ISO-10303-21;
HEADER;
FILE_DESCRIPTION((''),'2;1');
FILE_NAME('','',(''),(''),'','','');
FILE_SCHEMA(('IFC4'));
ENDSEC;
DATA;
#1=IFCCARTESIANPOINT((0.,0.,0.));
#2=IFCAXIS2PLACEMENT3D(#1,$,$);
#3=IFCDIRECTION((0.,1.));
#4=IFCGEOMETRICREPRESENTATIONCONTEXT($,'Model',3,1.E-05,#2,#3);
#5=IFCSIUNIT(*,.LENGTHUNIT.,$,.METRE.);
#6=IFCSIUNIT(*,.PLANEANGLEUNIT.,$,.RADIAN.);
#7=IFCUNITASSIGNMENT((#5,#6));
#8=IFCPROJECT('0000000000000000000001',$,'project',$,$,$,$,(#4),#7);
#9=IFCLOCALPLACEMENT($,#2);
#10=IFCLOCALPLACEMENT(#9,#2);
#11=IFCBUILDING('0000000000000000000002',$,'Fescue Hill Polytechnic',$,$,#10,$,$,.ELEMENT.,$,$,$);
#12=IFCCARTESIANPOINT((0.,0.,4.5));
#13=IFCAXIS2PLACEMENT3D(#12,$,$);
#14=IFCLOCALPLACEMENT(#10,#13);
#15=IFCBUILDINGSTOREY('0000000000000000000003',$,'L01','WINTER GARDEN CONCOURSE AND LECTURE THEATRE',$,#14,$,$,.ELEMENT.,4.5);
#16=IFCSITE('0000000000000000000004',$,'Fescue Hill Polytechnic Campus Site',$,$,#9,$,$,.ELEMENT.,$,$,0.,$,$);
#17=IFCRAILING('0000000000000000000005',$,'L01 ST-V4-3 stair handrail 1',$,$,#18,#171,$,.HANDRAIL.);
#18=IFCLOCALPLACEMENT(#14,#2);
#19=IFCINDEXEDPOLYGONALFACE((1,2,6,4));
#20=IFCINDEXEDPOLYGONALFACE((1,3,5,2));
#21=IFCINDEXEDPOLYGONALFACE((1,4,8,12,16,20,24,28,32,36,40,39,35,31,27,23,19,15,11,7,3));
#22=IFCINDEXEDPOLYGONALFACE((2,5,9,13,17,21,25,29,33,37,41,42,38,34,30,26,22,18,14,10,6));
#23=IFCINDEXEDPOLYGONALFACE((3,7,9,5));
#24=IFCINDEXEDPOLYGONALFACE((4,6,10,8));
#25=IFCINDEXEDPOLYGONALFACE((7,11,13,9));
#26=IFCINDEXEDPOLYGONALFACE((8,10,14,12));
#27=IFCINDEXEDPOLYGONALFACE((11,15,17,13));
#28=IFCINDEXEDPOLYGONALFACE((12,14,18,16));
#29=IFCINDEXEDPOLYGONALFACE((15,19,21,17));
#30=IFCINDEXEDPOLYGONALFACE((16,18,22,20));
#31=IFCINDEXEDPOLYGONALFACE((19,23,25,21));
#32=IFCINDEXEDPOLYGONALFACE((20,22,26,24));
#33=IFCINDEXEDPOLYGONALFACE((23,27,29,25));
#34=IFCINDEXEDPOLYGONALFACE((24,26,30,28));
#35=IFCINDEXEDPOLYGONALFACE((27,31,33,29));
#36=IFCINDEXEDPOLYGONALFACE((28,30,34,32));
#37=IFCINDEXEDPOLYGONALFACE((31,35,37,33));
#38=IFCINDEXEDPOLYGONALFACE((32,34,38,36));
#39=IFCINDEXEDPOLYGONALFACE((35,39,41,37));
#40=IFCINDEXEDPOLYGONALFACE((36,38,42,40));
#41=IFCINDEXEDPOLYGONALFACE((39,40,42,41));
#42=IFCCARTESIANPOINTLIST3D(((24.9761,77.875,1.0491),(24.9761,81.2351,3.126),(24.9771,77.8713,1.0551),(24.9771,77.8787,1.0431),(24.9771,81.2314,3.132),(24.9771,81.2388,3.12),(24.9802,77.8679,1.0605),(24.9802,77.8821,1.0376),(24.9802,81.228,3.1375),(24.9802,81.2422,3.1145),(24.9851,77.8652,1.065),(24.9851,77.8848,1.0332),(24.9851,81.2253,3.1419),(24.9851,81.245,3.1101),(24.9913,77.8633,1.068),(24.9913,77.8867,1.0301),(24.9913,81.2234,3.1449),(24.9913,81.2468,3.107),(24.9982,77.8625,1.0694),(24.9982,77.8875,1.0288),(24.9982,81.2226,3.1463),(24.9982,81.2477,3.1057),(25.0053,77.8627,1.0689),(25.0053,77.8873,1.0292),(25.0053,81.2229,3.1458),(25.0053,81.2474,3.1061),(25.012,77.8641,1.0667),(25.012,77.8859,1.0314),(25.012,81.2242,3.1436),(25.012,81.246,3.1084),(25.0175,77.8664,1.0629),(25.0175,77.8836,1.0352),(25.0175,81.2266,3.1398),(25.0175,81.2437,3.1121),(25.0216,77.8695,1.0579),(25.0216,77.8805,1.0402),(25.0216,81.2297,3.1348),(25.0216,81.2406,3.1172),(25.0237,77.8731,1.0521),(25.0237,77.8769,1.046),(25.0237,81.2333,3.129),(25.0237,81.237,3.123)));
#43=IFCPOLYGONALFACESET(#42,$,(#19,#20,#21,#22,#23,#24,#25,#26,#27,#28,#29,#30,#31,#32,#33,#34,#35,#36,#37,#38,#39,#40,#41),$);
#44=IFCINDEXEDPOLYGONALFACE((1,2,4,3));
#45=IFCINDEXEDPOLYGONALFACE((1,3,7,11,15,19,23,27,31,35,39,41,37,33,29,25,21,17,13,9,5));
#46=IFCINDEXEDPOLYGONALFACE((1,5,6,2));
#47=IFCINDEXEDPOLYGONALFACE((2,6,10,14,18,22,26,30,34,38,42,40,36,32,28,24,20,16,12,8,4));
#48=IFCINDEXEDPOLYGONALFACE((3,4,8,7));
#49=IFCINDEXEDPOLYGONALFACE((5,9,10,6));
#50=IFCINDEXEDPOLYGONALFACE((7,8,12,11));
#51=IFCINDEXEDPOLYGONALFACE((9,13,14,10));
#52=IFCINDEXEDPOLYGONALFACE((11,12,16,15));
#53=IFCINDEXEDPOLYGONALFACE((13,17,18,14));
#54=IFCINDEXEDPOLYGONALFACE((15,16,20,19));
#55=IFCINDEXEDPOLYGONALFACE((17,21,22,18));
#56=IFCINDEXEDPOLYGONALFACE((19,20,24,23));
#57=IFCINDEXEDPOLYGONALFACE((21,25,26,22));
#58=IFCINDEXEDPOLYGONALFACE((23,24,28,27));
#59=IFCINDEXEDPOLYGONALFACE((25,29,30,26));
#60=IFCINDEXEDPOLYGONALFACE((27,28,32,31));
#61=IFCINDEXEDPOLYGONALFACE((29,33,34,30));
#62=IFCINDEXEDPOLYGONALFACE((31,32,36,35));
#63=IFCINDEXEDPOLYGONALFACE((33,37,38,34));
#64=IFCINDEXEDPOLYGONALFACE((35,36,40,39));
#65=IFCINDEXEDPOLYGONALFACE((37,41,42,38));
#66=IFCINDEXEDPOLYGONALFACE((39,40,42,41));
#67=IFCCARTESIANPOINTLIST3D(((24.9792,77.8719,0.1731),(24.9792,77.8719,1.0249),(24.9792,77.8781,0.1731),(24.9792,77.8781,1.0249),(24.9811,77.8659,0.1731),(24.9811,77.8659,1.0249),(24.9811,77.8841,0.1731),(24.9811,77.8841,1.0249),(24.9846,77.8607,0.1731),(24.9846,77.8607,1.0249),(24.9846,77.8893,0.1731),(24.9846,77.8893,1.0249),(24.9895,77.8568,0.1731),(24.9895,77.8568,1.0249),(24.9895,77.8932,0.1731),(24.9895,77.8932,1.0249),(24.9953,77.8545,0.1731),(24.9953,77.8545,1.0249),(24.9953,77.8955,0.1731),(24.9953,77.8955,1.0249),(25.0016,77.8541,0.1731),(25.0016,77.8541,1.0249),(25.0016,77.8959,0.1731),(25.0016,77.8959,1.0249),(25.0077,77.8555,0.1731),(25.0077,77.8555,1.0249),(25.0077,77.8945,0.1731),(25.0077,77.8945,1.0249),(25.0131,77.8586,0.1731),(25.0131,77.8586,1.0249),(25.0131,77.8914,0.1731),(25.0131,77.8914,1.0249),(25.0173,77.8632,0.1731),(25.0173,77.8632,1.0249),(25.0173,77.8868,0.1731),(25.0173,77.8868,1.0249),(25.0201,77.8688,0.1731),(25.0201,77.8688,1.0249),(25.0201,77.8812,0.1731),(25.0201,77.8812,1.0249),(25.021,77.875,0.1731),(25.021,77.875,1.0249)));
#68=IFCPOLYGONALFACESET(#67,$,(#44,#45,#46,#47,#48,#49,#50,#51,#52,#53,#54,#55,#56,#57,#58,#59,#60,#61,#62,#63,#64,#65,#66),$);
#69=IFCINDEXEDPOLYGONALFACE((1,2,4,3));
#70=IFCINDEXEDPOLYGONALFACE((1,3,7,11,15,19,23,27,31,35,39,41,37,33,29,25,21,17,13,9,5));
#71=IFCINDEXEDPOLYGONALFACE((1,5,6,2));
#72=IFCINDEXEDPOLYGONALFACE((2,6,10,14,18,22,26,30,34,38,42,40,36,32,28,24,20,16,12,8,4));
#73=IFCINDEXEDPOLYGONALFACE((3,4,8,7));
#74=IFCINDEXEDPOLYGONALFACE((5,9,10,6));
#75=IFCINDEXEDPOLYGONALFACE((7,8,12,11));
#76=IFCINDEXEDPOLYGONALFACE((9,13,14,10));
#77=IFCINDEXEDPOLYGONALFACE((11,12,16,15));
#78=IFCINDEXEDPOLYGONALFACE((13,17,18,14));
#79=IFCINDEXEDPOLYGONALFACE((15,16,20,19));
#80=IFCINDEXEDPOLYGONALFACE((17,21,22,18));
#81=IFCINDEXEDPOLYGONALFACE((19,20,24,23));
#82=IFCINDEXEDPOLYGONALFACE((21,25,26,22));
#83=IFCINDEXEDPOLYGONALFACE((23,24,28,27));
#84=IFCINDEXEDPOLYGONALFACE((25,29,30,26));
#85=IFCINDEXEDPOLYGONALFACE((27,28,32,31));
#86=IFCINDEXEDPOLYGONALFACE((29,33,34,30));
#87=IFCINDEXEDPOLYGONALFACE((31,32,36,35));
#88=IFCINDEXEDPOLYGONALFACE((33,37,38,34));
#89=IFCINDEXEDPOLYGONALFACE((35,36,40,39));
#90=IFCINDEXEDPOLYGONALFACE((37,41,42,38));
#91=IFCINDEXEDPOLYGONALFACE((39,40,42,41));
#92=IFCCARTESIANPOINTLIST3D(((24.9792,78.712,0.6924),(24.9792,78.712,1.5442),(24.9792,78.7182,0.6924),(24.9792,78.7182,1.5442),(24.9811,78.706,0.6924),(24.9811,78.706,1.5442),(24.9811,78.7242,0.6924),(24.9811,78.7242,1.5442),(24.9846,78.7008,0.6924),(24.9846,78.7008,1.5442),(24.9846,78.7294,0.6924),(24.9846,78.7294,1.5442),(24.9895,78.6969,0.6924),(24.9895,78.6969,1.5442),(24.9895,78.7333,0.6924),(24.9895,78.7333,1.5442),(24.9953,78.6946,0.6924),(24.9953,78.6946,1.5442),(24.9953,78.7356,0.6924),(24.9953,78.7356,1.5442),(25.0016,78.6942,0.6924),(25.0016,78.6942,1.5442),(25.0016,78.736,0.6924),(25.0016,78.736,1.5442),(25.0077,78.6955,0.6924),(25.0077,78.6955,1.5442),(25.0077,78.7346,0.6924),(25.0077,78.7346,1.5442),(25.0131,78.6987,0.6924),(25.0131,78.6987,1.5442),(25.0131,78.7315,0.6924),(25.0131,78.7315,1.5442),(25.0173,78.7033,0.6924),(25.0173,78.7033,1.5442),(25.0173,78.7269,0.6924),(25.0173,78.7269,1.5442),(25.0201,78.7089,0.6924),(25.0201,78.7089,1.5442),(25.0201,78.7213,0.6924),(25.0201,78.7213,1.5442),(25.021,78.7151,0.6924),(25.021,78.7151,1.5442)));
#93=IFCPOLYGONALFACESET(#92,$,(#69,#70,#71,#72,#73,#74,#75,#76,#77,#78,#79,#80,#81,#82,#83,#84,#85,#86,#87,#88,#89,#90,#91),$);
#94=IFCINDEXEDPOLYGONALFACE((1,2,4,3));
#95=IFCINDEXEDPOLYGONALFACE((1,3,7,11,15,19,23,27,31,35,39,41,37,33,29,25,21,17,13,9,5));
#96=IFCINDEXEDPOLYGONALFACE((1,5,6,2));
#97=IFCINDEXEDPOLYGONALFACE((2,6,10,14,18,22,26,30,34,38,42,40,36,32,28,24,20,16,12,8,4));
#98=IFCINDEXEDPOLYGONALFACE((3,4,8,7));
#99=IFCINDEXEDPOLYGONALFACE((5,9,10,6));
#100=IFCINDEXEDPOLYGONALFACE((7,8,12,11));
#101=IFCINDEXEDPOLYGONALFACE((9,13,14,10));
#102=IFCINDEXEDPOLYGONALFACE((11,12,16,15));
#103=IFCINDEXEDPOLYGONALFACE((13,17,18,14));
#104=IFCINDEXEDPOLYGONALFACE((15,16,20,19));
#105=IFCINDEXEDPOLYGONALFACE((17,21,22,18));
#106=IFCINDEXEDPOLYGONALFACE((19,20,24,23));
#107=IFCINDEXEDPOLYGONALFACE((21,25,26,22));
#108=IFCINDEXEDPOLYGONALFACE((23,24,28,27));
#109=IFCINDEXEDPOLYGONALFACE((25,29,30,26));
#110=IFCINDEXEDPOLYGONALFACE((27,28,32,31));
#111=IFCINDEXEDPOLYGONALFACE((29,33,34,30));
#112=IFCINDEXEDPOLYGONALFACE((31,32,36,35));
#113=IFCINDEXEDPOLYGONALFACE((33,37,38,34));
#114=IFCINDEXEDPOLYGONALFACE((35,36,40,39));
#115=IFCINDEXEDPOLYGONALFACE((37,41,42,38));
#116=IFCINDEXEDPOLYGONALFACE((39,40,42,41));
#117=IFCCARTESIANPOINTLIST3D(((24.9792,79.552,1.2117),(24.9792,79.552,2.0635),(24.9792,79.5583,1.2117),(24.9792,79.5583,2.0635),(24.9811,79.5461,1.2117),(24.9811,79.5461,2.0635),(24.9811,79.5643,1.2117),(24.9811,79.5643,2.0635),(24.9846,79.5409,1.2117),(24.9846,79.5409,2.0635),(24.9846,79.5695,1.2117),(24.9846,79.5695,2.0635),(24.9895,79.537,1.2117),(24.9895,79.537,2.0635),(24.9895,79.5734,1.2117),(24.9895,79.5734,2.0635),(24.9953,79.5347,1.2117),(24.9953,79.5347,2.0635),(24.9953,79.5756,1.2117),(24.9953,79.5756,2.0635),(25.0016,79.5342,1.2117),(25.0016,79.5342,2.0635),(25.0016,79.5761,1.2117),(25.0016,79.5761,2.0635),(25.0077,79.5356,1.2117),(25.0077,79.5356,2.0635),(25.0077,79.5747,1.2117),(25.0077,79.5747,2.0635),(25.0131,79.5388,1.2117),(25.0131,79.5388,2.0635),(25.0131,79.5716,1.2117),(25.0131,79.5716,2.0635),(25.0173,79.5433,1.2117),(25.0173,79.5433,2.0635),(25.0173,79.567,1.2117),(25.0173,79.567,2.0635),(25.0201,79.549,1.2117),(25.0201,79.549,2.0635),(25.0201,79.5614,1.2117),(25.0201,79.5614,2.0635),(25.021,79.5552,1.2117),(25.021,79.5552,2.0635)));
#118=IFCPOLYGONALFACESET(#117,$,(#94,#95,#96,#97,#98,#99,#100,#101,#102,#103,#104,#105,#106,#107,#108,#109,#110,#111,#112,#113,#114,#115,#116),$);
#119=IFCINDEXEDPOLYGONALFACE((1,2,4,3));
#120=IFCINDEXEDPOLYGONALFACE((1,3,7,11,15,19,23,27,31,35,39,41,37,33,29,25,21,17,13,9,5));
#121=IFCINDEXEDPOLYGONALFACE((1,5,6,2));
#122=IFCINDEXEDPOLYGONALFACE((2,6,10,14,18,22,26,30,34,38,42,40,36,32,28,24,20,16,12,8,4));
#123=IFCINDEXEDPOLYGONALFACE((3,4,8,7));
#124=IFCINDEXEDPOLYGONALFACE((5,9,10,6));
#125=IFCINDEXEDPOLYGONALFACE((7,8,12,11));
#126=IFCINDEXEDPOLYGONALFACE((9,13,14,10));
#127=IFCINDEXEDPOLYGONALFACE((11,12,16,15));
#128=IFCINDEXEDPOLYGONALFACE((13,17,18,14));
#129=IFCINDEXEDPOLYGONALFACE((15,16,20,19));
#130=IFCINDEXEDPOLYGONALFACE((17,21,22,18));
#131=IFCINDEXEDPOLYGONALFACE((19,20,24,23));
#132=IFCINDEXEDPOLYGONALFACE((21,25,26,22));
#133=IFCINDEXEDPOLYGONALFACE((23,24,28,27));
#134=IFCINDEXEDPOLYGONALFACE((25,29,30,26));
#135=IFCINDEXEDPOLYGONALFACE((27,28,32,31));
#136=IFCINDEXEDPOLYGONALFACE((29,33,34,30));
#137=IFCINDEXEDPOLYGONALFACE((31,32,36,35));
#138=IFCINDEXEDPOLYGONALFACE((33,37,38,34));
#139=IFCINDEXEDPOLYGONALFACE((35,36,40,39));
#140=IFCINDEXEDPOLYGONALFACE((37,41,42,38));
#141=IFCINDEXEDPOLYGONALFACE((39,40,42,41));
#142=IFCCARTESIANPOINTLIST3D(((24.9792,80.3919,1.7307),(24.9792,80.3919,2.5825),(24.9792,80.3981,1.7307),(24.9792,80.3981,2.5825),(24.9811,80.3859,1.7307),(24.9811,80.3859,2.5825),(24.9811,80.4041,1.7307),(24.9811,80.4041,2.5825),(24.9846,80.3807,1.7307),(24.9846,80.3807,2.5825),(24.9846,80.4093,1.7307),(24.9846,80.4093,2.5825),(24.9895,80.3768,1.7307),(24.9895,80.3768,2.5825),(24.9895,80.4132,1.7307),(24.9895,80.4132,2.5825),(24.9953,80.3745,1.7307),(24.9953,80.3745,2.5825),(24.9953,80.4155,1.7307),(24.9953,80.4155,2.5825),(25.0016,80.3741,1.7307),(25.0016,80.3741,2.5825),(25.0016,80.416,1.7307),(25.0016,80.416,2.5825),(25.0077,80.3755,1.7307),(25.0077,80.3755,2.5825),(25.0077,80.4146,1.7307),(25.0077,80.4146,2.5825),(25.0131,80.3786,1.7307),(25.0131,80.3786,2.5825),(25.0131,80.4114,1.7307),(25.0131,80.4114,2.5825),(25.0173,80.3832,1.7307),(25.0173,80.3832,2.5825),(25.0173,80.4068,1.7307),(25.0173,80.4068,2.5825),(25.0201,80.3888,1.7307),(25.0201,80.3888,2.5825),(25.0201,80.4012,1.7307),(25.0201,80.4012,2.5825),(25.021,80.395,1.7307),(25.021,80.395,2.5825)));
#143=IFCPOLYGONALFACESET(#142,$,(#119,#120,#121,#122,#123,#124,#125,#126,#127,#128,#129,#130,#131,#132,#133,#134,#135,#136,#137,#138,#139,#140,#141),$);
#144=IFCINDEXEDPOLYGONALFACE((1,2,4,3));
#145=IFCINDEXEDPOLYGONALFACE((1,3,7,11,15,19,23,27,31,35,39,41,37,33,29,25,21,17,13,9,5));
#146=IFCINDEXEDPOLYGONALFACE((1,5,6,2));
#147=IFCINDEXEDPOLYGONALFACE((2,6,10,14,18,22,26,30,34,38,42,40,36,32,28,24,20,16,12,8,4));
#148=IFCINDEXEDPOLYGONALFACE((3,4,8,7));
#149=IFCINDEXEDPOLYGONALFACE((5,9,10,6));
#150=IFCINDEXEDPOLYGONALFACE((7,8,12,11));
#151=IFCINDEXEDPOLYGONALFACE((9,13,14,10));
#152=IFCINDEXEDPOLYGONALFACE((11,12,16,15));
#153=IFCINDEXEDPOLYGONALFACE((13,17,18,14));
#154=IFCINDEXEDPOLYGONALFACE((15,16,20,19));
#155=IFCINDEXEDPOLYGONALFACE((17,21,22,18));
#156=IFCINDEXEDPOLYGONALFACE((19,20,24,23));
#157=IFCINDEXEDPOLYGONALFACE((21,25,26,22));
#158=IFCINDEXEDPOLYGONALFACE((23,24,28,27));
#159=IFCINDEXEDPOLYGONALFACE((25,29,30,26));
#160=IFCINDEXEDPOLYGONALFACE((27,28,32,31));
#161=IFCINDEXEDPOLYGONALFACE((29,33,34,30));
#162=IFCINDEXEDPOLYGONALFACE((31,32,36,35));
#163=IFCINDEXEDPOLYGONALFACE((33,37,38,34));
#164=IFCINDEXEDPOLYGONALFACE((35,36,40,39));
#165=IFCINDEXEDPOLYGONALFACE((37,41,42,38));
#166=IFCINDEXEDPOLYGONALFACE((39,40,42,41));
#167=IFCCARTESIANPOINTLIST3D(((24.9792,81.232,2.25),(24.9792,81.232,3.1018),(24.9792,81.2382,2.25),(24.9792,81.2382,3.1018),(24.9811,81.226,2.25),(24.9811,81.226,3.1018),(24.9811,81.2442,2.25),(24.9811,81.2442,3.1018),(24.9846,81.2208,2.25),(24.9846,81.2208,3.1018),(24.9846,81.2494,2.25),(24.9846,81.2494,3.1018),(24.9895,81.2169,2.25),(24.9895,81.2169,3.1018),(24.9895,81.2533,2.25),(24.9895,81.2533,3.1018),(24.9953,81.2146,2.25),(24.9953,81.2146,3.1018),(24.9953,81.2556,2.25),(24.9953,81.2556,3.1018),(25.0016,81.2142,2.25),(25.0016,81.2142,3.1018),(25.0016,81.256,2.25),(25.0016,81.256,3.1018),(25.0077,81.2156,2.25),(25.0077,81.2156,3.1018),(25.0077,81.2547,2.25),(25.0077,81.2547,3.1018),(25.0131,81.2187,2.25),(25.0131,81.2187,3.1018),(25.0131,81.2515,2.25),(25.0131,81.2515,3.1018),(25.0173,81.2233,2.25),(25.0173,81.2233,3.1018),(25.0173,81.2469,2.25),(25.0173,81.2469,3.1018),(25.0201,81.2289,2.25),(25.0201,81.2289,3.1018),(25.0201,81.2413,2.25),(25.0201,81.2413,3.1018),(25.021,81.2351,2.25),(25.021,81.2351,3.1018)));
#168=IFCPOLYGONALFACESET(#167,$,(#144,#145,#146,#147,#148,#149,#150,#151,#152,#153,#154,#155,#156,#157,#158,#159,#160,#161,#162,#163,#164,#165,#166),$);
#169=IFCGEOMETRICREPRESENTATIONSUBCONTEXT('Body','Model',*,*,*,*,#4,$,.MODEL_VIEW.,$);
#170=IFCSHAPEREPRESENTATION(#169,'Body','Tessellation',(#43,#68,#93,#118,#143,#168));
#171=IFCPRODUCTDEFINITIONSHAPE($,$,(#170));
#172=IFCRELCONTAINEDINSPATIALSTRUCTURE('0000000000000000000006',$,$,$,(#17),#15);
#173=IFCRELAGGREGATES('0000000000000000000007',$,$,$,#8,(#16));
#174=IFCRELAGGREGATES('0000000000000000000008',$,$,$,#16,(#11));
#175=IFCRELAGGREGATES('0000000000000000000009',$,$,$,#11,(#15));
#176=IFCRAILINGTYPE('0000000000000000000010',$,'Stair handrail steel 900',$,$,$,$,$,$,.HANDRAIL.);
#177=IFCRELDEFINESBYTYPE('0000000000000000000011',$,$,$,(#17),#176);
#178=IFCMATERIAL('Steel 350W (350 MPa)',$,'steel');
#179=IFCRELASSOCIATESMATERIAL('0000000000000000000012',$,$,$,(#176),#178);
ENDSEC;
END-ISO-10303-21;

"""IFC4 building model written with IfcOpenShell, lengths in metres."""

from ifc_helpers import new_model, si_unit, direction, frame, origin, origin_2d, place, context, subcontext, project, spatial, circle, extrude, material, type_object, element, save


model = new_model("IFC4")

# Units and contexts
model_context = context("Model", 3, precision=1e-05, world=origin(), true_north=direction((0.0, 1.0)))
body_context = subcontext(model_context, "Body", "Model", "MODEL_VIEW")
ifc_project = project(units=[si_unit("LENGTHUNIT", "METRE"), si_unit("PLANEANGLEUNIT", "RADIAN")], contexts=[model_context])

# Site, building, storey
site_placement = place(None, origin())
site = spatial("IfcSite", under=ifc_project, at=site_placement, Name="Fescue Hill Polytechnic Campus Site", CompositionType="ELEMENT", RefElevation=0.0)
building_placement = place(site_placement, origin())
building = spatial("IfcBuilding", under=site, at=building_placement, Name="Fescue Hill Polytechnic", CompositionType="ELEMENT")
storey_placement = place(building_placement, frame((0.0, 0.0, 4.5)))
storey = spatial("IfcBuildingStorey", under=building, at=storey_placement, Name="L01", Description="WINTER GARDEN CONCOURSE AND LECTURE THEATRE", CompositionType="ELEMENT", Elevation=4.5)

# Railing
ifc_material_1 = material(Name="Steel 350W (350 MPa)", Category="steel")
railing_type_1 = type_object("IfcRailingType", Name="Stair handrail steel 900", PredefinedType="HANDRAIL", material=ifc_material_1)
for number, where, name in (
    (1, (25.0, 77.875, 0.1731), "L01 ST-V4-3 stair handrail 1"),
):
    element("IfcRailing", number, at=place(storey_placement, frame(where)), inside=storey, type_object=railing_type_1, Name=name, PredefinedType="HANDRAIL", context=body_context, shape_type="SweptSolid", body=[
        extrude(circle(Radius=0.0239, at=origin_2d()), frame((0.0, 0.0, 0.876), z_axis=(0.0, 0.850623, 0.525776), x_axis=(-1.0, 0.0, 0.0)), (0.0, 0.0, 1.0), 3.9502),
        extrude(circle(Radius=0.021, at=origin_2d()), origin(), (0.0, 0.0, 1.0), 0.8518),
        extrude(circle(Radius=0.021, at=origin_2d()), frame((0.0, 0.8401, 0.5193)), (0.0, 0.0, 1.0), 0.8518),
        extrude(circle(Radius=0.021, at=origin_2d()), frame((0.0, 1.6802, 1.0386)), (0.0, 0.0, 1.0), 0.8518),
        extrude(circle(Radius=0.021, at=origin_2d()), frame((0.0, 2.52, 1.5576)), (0.0, 0.0, 1.0), 0.8518),
        extrude(circle(Radius=0.021, at=origin_2d()), frame((0.0, 3.3601, 2.0769)), (0.0, 0.0, 1.0), 0.8518),
    ])

save(model, "model.ifc")
